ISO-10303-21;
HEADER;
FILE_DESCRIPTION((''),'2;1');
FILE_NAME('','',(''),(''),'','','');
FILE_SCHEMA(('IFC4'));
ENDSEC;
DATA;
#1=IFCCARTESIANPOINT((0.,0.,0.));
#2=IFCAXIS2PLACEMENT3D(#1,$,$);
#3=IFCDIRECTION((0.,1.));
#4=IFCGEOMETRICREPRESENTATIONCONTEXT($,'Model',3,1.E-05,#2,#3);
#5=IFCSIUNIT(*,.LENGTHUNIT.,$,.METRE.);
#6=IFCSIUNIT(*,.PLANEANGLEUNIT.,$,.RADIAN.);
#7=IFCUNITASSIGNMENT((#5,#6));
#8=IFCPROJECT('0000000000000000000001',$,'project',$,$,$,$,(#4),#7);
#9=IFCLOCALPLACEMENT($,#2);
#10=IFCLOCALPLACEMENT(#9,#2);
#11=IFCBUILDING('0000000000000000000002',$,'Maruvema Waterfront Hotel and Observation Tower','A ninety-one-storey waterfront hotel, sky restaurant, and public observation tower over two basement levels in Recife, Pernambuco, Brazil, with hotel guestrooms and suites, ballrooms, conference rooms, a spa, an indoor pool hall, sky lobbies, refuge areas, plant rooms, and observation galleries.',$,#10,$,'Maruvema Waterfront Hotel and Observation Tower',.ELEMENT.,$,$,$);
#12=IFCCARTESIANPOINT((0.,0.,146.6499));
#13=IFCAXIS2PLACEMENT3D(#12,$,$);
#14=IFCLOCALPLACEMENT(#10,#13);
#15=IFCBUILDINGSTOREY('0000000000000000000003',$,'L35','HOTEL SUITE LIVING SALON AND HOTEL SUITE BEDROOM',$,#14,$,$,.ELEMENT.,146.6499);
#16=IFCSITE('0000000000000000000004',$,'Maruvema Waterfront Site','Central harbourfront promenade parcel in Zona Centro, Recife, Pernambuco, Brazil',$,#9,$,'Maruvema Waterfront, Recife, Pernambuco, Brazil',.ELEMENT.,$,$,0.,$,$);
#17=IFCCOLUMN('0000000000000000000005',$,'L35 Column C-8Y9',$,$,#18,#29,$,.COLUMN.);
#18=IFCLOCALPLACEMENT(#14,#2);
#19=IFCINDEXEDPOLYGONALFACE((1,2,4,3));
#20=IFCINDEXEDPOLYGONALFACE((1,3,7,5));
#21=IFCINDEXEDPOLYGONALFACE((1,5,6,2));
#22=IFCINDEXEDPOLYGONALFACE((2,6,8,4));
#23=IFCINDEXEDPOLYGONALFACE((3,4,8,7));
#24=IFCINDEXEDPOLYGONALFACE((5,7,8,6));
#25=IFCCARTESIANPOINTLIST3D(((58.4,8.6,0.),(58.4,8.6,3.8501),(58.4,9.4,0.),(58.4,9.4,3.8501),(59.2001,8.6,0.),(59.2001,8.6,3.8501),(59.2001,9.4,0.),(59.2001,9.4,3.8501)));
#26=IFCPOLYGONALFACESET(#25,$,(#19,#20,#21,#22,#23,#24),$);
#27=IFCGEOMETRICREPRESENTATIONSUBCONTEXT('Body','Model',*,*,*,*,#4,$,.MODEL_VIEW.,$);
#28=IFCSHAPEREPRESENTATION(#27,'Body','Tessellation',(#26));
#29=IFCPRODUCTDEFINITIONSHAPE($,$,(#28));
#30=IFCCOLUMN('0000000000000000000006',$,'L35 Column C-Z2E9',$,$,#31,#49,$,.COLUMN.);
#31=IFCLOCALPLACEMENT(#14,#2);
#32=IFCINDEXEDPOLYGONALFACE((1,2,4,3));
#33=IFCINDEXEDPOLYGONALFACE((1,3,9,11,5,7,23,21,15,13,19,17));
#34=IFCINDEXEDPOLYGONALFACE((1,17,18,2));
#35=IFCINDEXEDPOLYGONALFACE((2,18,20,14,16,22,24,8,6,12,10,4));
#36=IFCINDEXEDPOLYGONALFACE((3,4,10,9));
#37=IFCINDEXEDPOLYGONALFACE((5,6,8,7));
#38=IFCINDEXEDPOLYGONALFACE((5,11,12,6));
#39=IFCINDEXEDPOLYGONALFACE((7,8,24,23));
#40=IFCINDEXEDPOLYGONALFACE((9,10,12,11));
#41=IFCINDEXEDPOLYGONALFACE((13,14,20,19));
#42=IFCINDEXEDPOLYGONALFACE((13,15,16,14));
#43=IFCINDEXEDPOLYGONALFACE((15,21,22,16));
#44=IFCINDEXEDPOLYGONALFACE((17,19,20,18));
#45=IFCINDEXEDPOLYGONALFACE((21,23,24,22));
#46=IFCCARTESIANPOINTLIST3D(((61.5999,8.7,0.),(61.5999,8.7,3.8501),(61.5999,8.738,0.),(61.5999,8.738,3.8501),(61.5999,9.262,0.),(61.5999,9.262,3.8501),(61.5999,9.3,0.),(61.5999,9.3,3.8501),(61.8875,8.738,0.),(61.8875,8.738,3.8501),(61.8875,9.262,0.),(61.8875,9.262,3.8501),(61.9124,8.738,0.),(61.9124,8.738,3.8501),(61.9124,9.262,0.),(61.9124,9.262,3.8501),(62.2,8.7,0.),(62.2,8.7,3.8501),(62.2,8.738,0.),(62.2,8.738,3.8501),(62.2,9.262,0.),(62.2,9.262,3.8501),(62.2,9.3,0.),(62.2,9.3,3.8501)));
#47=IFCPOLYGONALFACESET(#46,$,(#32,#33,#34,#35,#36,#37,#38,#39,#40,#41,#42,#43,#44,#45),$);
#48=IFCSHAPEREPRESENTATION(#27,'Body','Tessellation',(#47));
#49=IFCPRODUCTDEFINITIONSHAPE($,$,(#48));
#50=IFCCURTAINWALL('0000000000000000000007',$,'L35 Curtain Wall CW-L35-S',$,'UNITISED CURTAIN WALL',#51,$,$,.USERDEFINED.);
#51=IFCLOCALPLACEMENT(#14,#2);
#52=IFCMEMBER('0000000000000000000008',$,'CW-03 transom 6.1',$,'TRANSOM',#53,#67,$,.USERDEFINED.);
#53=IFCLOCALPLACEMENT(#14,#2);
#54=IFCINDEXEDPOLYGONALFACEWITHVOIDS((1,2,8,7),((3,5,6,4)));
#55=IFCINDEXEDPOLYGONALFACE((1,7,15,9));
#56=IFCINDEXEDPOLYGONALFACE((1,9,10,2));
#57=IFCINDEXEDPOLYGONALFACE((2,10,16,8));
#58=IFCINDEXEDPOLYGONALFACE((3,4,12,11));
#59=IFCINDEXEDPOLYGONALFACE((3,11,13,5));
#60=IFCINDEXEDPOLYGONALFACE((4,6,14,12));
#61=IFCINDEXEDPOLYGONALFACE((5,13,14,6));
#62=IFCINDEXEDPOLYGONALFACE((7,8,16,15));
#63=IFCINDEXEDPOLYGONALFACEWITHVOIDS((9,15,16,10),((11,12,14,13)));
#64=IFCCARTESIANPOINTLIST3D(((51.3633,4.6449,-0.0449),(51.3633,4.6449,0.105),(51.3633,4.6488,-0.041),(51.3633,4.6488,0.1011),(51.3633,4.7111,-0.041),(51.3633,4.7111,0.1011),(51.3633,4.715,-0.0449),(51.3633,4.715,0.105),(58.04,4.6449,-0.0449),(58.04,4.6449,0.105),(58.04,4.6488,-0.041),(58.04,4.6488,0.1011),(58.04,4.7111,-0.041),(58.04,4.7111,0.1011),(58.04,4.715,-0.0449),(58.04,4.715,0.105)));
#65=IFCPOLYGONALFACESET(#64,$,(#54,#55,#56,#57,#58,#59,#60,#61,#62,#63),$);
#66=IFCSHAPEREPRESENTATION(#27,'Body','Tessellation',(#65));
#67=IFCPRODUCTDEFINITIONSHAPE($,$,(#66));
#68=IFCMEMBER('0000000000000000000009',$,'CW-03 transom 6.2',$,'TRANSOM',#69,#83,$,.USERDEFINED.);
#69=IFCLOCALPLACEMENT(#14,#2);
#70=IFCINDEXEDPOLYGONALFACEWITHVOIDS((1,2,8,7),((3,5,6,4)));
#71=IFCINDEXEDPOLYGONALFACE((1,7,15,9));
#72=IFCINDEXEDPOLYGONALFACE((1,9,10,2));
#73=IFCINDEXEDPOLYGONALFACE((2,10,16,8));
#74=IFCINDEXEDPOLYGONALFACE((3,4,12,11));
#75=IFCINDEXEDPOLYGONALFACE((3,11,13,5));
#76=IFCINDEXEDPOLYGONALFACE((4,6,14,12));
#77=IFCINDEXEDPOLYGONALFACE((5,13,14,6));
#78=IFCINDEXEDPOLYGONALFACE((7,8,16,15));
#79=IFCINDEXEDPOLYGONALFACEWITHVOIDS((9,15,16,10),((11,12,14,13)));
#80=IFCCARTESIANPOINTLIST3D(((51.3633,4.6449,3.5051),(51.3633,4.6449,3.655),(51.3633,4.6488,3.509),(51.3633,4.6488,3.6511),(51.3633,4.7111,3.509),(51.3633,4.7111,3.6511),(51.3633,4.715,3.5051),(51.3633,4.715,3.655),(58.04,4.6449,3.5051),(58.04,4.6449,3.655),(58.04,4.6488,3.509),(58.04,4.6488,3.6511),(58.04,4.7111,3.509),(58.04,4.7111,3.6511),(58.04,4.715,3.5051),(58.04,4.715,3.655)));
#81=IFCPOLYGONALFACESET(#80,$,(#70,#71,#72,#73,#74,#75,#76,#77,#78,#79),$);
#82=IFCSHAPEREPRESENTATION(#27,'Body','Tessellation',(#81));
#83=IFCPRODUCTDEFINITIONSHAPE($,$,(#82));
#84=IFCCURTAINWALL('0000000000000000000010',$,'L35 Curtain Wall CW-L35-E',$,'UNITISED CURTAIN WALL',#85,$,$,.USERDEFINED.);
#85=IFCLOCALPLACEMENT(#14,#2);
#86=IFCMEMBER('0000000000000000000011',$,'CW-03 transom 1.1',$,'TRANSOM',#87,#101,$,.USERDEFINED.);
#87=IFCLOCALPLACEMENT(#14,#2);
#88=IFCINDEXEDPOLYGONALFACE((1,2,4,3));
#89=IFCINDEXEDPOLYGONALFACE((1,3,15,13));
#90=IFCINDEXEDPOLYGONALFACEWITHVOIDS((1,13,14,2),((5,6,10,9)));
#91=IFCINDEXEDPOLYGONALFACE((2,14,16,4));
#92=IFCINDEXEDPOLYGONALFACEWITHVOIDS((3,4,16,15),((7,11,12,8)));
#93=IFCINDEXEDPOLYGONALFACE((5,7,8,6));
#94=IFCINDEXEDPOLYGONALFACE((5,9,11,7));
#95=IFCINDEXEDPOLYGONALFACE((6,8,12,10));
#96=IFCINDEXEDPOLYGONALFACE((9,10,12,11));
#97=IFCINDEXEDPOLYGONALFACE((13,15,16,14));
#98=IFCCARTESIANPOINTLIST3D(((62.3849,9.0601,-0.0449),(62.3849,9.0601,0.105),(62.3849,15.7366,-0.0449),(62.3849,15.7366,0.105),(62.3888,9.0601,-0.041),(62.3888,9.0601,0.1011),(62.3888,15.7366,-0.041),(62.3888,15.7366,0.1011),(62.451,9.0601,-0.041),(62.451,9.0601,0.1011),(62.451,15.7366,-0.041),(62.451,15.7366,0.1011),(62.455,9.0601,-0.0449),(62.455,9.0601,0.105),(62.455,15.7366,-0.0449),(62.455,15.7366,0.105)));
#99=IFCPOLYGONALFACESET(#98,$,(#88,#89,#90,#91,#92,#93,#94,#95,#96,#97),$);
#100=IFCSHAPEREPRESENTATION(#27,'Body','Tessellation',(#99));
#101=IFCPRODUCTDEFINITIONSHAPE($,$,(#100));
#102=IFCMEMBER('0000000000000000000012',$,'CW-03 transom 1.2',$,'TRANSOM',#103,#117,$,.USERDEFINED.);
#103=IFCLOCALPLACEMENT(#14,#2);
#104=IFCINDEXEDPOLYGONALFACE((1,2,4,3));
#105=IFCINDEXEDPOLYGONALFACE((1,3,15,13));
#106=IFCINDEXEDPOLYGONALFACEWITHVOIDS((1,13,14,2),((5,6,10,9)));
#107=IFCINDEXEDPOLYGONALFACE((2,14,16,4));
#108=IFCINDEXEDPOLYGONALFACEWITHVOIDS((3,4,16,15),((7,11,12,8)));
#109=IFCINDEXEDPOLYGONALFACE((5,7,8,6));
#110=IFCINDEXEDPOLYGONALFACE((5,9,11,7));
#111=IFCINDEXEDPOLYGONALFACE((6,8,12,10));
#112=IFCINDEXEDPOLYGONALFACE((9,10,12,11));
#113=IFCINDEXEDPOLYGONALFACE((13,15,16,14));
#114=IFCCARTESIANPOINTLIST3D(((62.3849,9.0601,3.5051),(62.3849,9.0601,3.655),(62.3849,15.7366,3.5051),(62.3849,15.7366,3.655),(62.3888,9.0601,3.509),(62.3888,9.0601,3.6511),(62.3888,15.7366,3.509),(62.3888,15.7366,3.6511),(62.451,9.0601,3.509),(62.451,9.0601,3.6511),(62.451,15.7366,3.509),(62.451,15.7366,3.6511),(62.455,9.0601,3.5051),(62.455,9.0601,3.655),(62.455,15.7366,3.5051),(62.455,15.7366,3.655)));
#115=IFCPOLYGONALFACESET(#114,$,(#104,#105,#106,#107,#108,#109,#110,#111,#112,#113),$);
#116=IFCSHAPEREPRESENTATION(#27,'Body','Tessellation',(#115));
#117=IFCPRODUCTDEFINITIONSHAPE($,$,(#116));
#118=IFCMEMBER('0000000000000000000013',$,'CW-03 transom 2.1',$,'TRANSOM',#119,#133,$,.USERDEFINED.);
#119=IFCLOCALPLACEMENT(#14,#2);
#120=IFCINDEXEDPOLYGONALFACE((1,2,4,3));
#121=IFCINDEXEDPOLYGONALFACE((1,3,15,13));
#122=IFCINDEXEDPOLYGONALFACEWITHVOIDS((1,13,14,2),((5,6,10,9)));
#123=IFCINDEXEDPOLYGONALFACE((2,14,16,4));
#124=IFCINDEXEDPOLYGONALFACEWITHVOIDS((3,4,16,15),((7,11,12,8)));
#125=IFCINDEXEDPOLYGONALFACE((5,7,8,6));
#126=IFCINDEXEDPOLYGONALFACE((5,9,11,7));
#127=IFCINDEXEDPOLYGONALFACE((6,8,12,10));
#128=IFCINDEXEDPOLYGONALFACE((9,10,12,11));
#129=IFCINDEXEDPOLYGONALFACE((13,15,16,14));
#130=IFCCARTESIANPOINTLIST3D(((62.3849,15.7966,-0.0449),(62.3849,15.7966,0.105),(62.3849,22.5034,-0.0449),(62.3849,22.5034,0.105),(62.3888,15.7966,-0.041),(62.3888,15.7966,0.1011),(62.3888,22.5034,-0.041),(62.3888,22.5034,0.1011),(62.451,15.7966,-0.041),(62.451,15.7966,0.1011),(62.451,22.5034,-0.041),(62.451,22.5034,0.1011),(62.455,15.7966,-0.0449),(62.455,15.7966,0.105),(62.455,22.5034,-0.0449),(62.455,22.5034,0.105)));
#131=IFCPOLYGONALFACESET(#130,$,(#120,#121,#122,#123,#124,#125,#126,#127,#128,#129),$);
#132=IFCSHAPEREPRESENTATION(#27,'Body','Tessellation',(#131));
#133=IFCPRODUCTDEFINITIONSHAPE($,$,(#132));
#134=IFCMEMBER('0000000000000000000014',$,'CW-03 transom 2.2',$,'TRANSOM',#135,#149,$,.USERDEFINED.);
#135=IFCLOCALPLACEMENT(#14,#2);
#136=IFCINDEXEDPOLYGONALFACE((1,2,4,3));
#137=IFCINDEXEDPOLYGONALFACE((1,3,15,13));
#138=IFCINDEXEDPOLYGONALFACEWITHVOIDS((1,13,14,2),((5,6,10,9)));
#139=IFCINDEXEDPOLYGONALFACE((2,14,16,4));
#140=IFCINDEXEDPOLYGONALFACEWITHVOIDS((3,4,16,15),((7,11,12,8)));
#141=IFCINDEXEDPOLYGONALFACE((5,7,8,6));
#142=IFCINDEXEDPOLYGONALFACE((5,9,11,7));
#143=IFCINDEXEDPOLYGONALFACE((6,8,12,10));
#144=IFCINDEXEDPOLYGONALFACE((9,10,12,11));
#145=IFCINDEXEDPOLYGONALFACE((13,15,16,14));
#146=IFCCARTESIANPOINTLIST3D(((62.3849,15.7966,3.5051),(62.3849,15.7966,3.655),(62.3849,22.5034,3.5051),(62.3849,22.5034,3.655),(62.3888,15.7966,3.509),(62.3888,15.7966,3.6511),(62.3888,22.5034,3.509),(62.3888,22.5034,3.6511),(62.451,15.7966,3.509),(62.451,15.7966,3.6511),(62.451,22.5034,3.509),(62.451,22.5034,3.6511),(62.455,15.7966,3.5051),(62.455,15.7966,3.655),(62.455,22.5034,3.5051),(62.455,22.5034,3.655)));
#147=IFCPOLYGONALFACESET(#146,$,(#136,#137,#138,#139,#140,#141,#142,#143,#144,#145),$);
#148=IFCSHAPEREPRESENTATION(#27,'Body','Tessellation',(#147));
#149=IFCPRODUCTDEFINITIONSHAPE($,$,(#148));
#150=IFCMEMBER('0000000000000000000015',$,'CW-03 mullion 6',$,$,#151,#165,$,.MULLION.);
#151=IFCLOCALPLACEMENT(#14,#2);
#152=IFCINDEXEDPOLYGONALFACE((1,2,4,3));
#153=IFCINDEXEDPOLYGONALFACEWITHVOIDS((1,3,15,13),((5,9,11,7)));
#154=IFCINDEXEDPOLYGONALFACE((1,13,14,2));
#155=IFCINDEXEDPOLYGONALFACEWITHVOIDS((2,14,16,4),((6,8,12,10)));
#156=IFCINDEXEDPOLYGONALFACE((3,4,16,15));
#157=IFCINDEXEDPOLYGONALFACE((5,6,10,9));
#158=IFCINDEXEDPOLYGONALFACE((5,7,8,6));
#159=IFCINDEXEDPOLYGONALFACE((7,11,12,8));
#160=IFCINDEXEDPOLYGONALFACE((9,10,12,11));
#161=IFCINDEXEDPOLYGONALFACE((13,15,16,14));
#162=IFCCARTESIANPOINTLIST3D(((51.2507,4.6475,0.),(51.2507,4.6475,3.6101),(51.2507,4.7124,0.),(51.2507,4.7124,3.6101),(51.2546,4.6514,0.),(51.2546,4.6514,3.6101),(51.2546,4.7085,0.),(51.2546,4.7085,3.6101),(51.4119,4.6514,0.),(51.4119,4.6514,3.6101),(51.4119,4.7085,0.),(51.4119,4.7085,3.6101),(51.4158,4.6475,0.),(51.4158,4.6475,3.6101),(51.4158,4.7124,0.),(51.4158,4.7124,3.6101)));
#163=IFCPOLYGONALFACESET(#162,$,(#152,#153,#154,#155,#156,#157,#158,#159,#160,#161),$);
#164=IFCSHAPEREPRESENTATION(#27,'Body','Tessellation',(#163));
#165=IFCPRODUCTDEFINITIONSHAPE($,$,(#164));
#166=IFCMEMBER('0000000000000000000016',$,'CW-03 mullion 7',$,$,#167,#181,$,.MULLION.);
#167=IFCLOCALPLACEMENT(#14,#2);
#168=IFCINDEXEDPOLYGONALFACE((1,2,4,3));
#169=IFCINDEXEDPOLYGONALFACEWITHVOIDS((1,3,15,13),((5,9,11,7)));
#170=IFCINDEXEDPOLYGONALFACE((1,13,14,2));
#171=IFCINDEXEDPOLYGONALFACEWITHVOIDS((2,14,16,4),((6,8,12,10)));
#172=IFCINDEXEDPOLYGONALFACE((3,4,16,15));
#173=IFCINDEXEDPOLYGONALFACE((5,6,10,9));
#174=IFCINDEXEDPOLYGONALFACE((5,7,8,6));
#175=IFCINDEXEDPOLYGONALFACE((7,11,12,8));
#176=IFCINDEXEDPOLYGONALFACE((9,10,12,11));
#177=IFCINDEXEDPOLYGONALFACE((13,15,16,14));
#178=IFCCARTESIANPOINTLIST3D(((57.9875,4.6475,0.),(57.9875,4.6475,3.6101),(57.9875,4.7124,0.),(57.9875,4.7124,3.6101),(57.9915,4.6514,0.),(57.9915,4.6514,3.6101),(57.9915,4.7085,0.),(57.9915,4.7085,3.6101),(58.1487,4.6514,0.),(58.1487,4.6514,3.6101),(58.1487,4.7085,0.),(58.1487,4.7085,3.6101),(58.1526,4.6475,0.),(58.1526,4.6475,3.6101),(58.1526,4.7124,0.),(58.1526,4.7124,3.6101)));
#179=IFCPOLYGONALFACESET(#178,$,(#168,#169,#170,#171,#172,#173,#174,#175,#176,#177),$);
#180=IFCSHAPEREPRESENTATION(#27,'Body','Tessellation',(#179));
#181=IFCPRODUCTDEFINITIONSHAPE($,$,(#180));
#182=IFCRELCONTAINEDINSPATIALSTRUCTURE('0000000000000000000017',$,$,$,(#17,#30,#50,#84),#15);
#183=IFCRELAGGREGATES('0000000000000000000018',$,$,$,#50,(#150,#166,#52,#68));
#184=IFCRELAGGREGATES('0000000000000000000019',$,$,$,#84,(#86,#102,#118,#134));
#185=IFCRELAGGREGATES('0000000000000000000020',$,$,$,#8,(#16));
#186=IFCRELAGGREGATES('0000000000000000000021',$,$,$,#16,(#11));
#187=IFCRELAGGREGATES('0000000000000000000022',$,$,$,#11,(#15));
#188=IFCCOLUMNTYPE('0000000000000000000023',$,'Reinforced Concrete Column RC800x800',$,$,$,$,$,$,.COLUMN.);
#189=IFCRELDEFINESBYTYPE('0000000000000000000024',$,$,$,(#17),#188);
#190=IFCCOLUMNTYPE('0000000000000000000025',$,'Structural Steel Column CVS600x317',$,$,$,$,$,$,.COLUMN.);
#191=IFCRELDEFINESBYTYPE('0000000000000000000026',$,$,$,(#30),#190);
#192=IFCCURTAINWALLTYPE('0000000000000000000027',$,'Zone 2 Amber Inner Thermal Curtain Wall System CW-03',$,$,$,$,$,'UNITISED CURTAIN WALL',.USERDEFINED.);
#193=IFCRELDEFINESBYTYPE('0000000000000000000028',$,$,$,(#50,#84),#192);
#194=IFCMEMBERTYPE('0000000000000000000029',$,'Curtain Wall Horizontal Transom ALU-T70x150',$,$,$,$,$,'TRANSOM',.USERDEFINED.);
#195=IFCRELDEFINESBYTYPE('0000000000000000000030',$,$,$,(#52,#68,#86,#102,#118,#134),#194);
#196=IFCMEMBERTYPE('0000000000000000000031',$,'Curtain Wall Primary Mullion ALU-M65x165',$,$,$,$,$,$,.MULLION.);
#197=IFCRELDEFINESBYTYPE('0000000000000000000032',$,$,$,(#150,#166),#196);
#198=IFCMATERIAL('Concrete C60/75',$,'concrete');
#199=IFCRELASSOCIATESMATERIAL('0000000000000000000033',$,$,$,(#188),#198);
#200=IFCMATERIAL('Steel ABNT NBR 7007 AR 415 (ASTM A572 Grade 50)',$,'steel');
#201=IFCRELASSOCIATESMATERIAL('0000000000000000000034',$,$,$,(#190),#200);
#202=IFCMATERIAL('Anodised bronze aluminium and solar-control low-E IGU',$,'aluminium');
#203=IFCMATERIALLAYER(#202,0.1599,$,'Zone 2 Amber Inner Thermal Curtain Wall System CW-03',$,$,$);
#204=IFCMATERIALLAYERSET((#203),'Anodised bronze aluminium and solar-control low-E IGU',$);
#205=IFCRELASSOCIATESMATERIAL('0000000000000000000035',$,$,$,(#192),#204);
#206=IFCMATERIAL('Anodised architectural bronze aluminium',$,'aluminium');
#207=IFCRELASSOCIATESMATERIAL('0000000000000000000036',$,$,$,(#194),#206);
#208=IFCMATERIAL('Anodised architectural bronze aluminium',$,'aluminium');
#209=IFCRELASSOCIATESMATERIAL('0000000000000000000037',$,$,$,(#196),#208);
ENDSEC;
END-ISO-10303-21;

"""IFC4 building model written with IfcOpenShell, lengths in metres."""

from ifc_helpers import new_model, si_unit, direction, frame, origin, origin_2d, place, context, subcontext, project, spatial, rectangle, hollow_rectangle, i_section, extrude, material, layer, layer_set, material_profile, profile_set, type_object, element, aggregate, save


model = new_model("IFC4")

# Units and contexts
model_context = context("Model", 3, precision=1e-05, world=origin(), true_north=direction((0.0, 1.0)))
body_context = subcontext(model_context, "Body", "Model", "MODEL_VIEW")
ifc_project = project(units=[si_unit("LENGTHUNIT", "METRE"), si_unit("PLANEANGLEUNIT", "RADIAN")], contexts=[model_context])

# Site, building, storey
site_placement = place(None, origin())
site = spatial("IfcSite", under=ifc_project, at=site_placement, Name="Maruvema Waterfront Site", Description="Central harbourfront promenade parcel in Zona Centro, Recife, Pernambuco, Brazil", LongName="Maruvema Waterfront, Recife, Pernambuco, Brazil", CompositionType="ELEMENT", RefElevation=0.0)
building_placement = place(site_placement, origin())
building = spatial("IfcBuilding", under=site, at=building_placement, Name="Maruvema Waterfront Hotel and Observation Tower", Description="A ninety-one-storey waterfront hotel, sky restaurant, and public observation tower over two basement levels in Recife, Pernambuco, Brazil, with hotel guestrooms and suites, ballrooms, conference rooms, a spa, an indoor pool hall, sky lobbies, refuge areas, plant rooms, and observation galleries.", LongName="Maruvema Waterfront Hotel and Observation Tower", CompositionType="ELEMENT")
storey_placement = place(building_placement, frame((0.0, 0.0, 146.6499)))
storey = spatial("IfcBuildingStorey", under=building, at=storey_placement, Name="L35", Description="HOTEL SUITE LIVING SALON AND HOTEL SUITE BEDROOM", CompositionType="ELEMENT", Elevation=146.6499)

# Columns
ifc_material_1 = material(Name="Concrete C60/75", Category="concrete")
ifc_material_profile_1 = material_profile(ifc_material_1, rectangle(XDim=0.8, YDim=0.8, at=origin_2d()), Name="RC800x800")
ifc_profile_set_1 = profile_set([ifc_material_profile_1], Name="Concrete C60/75")
column_type_1 = type_object("IfcColumnType", Name="Reinforced Concrete Column RC800x800", PredefinedType="COLUMN", material=ifc_profile_set_1)
column_1_placement = place(storey_placement, frame((58.8, 9.0, 0.0), z_axis=(0.0, 0.0, 1.0), x_axis=(1.0, 0.0, 0.0)))
element("IfcColumn", 1, at=column_1_placement, inside=storey, type_object=column_type_1, Name="L35 Column C-8Y9", PredefinedType="COLUMN", context=body_context, shape_type="SweptSolid", body=[
    extrude(rectangle(XDim=0.8, YDim=0.8, at=origin_2d()), origin(), (0.0, 0.0, 1.0), 3.8501),
])
ifc_material_2 = material(Name="Steel ABNT NBR 7007 AR 415 (ASTM A572 Grade 50)", Category="steel")
ifc_material_profile_2 = material_profile(ifc_material_2, i_section(OverallWidth=0.6001, OverallDepth=0.6001, WebThickness=0.0249, FlangeThickness=0.0381, at=origin_2d()), Name="CVS600x317")
ifc_profile_set_2 = profile_set([ifc_material_profile_2], Name="Steel ABNT NBR 7007 AR 415 (ASTM A572 Grade 50)")
column_type_2 = type_object("IfcColumnType", Name="Structural Steel Column CVS600x317", PredefinedType="COLUMN", material=ifc_profile_set_2)
column_2_placement = place(storey_placement, frame((61.8999, 9.0, 0.0), z_axis=(0.0, 0.0, 1.0), x_axis=(1.0, 0.0, 0.0)))
element("IfcColumn", 2, at=column_2_placement, inside=storey, type_object=column_type_2, Name="L35 Column C-Z2E9", PredefinedType="COLUMN", context=body_context, shape_type="SweptSolid", body=[
    extrude(i_section(OverallWidth=0.6001, OverallDepth=0.6001, WebThickness=0.0249, FlangeThickness=0.0381, at=origin_2d()), origin(), (0.0, 0.0, 1.0), 3.8501),
])

# Curtain walls, members
ifc_material_3 = material(Name="Anodised bronze aluminium and solar-control low-E IGU", Category="aluminium")
ifc_layer_1 = layer(ifc_material_3, 0.1599, Name="Zone 2 Amber Inner Thermal Curtain Wall System CW-03")
ifc_layer_set_1 = layer_set([ifc_layer_1], Name="Anodised bronze aluminium and solar-control low-E IGU")
curtain_wall_type = type_object("IfcCurtainWallType", Name="Zone 2 Amber Inner Thermal Curtain Wall System CW-03", ElementType="UNITISED CURTAIN WALL", PredefinedType="USERDEFINED", material=ifc_layer_set_1)
curtain_wall_1_placement = place(storey_placement, origin())
curtain_wall_1 = element("IfcCurtainWall", 3, at=curtain_wall_1_placement, inside=storey, type_object=curtain_wall_type, Name="L35 Curtain Wall CW-L35-S", ObjectType="UNITISED CURTAIN WALL", PredefinedType="USERDEFINED")
ifc_material_4 = material(Name="Anodised architectural bronze aluminium", Category="aluminium")
ifc_material_profile_3 = material_profile(ifc_material_4, hollow_rectangle(XDim=0.0701, YDim=0.1499, WallThickness=0.0039, at=origin_2d()), Name="ALU-T70x150")
ifc_profile_set_3 = profile_set([ifc_material_profile_3], Name="Anodised architectural bronze aluminium")
member_type_1 = type_object("IfcMemberType", Name="Curtain Wall Horizontal Transom ALU-T70x150", ElementType="TRANSOM", PredefinedType="USERDEFINED", material=ifc_profile_set_3)
member_1_placement = place(storey_placement, frame((51.3633, 4.6799, 0.03), z_axis=(1.0, 0.0, 0.0), x_axis=(0.0, 1.0, 0.0)))
member_1 = element("IfcMember", 4, at=member_1_placement, type_object=member_type_1, Name="CW-03 transom 6.1", ObjectType="TRANSOM", PredefinedType="USERDEFINED", context=body_context, shape_type="SweptSolid", body=[
    extrude(hollow_rectangle(XDim=0.0701, YDim=0.1499, WallThickness=0.0039, at=origin_2d()), origin(), (0.0, 0.0, 1.0), 6.6768),
])
member_2_placement = place(storey_placement, frame((51.3633, 4.6799, 3.5801), z_axis=(1.0, 0.0, 0.0), x_axis=(0.0, 1.0, 0.0)))
member_2 = element("IfcMember", 5, at=member_2_placement, type_object=member_type_1, Name="CW-03 transom 6.2", ObjectType="TRANSOM", PredefinedType="USERDEFINED", context=body_context, shape_type="SweptSolid", body=[
    extrude(hollow_rectangle(XDim=0.0701, YDim=0.1499, WallThickness=0.0039, at=origin_2d()), origin(), (0.0, 0.0, 1.0), 6.6768),
])
curtain_wall_2_placement = place(storey_placement, origin())
curtain_wall_2 = element("IfcCurtainWall", 6, at=curtain_wall_2_placement, inside=storey, type_object=curtain_wall_type, Name="L35 Curtain Wall CW-L35-E", ObjectType="UNITISED CURTAIN WALL", PredefinedType="USERDEFINED")
member_3_placement = place(storey_placement, frame((62.4199, 9.0601, 0.03), z_axis=(0.0, 1.0, 0.0), x_axis=(-1.0, 0.0, 0.0)))
member_3 = element("IfcMember", 7, at=member_3_placement, type_object=member_type_1, Name="CW-03 transom 1.1", ObjectType="TRANSOM", PredefinedType="USERDEFINED", context=body_context, shape_type="SweptSolid", body=[
    extrude(hollow_rectangle(XDim=0.0701, YDim=0.1499, WallThickness=0.0039, at=origin_2d()), origin(), (0.0, 0.0, 1.0), 6.6765),
])
member_4_placement = place(storey_placement, frame((62.4199, 9.0601, 3.5801), z_axis=(0.0, 1.0, 0.0), x_axis=(-1.0, 0.0, 0.0)))
member_4 = element("IfcMember", 8, at=member_4_placement, type_object=member_type_1, Name="CW-03 transom 1.2", ObjectType="TRANSOM", PredefinedType="USERDEFINED", context=body_context, shape_type="SweptSolid", body=[
    extrude(hollow_rectangle(XDim=0.0701, YDim=0.1499, WallThickness=0.0039, at=origin_2d()), origin(), (0.0, 0.0, 1.0), 6.6765),
])
member_5_placement = place(storey_placement, frame((62.4199, 15.7966, 0.03), z_axis=(0.0, 1.0, 0.0), x_axis=(-1.0, 0.0, 0.0)))
member_5 = element("IfcMember", 9, at=member_5_placement, type_object=member_type_1, Name="CW-03 transom 2.1", ObjectType="TRANSOM", PredefinedType="USERDEFINED", context=body_context, shape_type="SweptSolid", body=[
    extrude(hollow_rectangle(XDim=0.0701, YDim=0.1499, WallThickness=0.0039, at=origin_2d()), origin(), (0.0, 0.0, 1.0), 6.7068),
])
member_6_placement = place(storey_placement, frame((62.4199, 15.7966, 3.5801), z_axis=(0.0, 1.0, 0.0), x_axis=(-1.0, 0.0, 0.0)))
member_6 = element("IfcMember", 10, at=member_6_placement, type_object=member_type_1, Name="CW-03 transom 2.2", ObjectType="TRANSOM", PredefinedType="USERDEFINED", context=body_context, shape_type="SweptSolid", body=[
    extrude(hollow_rectangle(XDim=0.0701, YDim=0.1499, WallThickness=0.0039, at=origin_2d()), origin(), (0.0, 0.0, 1.0), 6.7068),
])

# Members
ifc_material_5 = material(Name="Anodised architectural bronze aluminium", Category="aluminium")
ifc_material_profile_4 = material_profile(ifc_material_5, hollow_rectangle(XDim=0.0649, YDim=0.165, WallThickness=0.0039, at=origin_2d()), Name="ALU-M65x165")
ifc_profile_set_4 = profile_set([ifc_material_profile_4], Name="Anodised architectural bronze aluminium")
member_type_2 = type_object("IfcMemberType", Name="Curtain Wall Primary Mullion ALU-M65x165", PredefinedType="MULLION", material=ifc_profile_set_4)
member_7_placement = place(storey_placement, frame((51.3333, 4.6799, 0.0), z_axis=(0.0, 0.0, 1.0), x_axis=(0.0, 1.0, 0.0)))
member_7 = element("IfcMember", 11, at=member_7_placement, type_object=member_type_2, Name="CW-03 mullion 6", PredefinedType="MULLION", context=body_context, shape_type="SweptSolid", body=[
    extrude(hollow_rectangle(XDim=0.0649, YDim=0.165, WallThickness=0.0039, at=origin_2d()), origin(), (0.0, 0.0, 1.0), 3.6101),
])
member_8_placement = place(storey_placement, frame((58.0701, 4.6799, 0.0), z_axis=(0.0, 0.0, 1.0), x_axis=(0.0, 1.0, 0.0)))
member_8 = element("IfcMember", 12, at=member_8_placement, type_object=member_type_2, Name="CW-03 mullion 7", PredefinedType="MULLION", context=body_context, shape_type="SweptSolid", body=[
    extrude(hollow_rectangle(XDim=0.0649, YDim=0.165, WallThickness=0.0039, at=origin_2d()), origin(), (0.0, 0.0, 1.0), 3.6101),
])

aggregate(curtain_wall_1, [member_7, member_8, member_1, member_2])
aggregate(curtain_wall_2, [member_3, member_4, member_5, member_6])

save(model, "model.ifc")
